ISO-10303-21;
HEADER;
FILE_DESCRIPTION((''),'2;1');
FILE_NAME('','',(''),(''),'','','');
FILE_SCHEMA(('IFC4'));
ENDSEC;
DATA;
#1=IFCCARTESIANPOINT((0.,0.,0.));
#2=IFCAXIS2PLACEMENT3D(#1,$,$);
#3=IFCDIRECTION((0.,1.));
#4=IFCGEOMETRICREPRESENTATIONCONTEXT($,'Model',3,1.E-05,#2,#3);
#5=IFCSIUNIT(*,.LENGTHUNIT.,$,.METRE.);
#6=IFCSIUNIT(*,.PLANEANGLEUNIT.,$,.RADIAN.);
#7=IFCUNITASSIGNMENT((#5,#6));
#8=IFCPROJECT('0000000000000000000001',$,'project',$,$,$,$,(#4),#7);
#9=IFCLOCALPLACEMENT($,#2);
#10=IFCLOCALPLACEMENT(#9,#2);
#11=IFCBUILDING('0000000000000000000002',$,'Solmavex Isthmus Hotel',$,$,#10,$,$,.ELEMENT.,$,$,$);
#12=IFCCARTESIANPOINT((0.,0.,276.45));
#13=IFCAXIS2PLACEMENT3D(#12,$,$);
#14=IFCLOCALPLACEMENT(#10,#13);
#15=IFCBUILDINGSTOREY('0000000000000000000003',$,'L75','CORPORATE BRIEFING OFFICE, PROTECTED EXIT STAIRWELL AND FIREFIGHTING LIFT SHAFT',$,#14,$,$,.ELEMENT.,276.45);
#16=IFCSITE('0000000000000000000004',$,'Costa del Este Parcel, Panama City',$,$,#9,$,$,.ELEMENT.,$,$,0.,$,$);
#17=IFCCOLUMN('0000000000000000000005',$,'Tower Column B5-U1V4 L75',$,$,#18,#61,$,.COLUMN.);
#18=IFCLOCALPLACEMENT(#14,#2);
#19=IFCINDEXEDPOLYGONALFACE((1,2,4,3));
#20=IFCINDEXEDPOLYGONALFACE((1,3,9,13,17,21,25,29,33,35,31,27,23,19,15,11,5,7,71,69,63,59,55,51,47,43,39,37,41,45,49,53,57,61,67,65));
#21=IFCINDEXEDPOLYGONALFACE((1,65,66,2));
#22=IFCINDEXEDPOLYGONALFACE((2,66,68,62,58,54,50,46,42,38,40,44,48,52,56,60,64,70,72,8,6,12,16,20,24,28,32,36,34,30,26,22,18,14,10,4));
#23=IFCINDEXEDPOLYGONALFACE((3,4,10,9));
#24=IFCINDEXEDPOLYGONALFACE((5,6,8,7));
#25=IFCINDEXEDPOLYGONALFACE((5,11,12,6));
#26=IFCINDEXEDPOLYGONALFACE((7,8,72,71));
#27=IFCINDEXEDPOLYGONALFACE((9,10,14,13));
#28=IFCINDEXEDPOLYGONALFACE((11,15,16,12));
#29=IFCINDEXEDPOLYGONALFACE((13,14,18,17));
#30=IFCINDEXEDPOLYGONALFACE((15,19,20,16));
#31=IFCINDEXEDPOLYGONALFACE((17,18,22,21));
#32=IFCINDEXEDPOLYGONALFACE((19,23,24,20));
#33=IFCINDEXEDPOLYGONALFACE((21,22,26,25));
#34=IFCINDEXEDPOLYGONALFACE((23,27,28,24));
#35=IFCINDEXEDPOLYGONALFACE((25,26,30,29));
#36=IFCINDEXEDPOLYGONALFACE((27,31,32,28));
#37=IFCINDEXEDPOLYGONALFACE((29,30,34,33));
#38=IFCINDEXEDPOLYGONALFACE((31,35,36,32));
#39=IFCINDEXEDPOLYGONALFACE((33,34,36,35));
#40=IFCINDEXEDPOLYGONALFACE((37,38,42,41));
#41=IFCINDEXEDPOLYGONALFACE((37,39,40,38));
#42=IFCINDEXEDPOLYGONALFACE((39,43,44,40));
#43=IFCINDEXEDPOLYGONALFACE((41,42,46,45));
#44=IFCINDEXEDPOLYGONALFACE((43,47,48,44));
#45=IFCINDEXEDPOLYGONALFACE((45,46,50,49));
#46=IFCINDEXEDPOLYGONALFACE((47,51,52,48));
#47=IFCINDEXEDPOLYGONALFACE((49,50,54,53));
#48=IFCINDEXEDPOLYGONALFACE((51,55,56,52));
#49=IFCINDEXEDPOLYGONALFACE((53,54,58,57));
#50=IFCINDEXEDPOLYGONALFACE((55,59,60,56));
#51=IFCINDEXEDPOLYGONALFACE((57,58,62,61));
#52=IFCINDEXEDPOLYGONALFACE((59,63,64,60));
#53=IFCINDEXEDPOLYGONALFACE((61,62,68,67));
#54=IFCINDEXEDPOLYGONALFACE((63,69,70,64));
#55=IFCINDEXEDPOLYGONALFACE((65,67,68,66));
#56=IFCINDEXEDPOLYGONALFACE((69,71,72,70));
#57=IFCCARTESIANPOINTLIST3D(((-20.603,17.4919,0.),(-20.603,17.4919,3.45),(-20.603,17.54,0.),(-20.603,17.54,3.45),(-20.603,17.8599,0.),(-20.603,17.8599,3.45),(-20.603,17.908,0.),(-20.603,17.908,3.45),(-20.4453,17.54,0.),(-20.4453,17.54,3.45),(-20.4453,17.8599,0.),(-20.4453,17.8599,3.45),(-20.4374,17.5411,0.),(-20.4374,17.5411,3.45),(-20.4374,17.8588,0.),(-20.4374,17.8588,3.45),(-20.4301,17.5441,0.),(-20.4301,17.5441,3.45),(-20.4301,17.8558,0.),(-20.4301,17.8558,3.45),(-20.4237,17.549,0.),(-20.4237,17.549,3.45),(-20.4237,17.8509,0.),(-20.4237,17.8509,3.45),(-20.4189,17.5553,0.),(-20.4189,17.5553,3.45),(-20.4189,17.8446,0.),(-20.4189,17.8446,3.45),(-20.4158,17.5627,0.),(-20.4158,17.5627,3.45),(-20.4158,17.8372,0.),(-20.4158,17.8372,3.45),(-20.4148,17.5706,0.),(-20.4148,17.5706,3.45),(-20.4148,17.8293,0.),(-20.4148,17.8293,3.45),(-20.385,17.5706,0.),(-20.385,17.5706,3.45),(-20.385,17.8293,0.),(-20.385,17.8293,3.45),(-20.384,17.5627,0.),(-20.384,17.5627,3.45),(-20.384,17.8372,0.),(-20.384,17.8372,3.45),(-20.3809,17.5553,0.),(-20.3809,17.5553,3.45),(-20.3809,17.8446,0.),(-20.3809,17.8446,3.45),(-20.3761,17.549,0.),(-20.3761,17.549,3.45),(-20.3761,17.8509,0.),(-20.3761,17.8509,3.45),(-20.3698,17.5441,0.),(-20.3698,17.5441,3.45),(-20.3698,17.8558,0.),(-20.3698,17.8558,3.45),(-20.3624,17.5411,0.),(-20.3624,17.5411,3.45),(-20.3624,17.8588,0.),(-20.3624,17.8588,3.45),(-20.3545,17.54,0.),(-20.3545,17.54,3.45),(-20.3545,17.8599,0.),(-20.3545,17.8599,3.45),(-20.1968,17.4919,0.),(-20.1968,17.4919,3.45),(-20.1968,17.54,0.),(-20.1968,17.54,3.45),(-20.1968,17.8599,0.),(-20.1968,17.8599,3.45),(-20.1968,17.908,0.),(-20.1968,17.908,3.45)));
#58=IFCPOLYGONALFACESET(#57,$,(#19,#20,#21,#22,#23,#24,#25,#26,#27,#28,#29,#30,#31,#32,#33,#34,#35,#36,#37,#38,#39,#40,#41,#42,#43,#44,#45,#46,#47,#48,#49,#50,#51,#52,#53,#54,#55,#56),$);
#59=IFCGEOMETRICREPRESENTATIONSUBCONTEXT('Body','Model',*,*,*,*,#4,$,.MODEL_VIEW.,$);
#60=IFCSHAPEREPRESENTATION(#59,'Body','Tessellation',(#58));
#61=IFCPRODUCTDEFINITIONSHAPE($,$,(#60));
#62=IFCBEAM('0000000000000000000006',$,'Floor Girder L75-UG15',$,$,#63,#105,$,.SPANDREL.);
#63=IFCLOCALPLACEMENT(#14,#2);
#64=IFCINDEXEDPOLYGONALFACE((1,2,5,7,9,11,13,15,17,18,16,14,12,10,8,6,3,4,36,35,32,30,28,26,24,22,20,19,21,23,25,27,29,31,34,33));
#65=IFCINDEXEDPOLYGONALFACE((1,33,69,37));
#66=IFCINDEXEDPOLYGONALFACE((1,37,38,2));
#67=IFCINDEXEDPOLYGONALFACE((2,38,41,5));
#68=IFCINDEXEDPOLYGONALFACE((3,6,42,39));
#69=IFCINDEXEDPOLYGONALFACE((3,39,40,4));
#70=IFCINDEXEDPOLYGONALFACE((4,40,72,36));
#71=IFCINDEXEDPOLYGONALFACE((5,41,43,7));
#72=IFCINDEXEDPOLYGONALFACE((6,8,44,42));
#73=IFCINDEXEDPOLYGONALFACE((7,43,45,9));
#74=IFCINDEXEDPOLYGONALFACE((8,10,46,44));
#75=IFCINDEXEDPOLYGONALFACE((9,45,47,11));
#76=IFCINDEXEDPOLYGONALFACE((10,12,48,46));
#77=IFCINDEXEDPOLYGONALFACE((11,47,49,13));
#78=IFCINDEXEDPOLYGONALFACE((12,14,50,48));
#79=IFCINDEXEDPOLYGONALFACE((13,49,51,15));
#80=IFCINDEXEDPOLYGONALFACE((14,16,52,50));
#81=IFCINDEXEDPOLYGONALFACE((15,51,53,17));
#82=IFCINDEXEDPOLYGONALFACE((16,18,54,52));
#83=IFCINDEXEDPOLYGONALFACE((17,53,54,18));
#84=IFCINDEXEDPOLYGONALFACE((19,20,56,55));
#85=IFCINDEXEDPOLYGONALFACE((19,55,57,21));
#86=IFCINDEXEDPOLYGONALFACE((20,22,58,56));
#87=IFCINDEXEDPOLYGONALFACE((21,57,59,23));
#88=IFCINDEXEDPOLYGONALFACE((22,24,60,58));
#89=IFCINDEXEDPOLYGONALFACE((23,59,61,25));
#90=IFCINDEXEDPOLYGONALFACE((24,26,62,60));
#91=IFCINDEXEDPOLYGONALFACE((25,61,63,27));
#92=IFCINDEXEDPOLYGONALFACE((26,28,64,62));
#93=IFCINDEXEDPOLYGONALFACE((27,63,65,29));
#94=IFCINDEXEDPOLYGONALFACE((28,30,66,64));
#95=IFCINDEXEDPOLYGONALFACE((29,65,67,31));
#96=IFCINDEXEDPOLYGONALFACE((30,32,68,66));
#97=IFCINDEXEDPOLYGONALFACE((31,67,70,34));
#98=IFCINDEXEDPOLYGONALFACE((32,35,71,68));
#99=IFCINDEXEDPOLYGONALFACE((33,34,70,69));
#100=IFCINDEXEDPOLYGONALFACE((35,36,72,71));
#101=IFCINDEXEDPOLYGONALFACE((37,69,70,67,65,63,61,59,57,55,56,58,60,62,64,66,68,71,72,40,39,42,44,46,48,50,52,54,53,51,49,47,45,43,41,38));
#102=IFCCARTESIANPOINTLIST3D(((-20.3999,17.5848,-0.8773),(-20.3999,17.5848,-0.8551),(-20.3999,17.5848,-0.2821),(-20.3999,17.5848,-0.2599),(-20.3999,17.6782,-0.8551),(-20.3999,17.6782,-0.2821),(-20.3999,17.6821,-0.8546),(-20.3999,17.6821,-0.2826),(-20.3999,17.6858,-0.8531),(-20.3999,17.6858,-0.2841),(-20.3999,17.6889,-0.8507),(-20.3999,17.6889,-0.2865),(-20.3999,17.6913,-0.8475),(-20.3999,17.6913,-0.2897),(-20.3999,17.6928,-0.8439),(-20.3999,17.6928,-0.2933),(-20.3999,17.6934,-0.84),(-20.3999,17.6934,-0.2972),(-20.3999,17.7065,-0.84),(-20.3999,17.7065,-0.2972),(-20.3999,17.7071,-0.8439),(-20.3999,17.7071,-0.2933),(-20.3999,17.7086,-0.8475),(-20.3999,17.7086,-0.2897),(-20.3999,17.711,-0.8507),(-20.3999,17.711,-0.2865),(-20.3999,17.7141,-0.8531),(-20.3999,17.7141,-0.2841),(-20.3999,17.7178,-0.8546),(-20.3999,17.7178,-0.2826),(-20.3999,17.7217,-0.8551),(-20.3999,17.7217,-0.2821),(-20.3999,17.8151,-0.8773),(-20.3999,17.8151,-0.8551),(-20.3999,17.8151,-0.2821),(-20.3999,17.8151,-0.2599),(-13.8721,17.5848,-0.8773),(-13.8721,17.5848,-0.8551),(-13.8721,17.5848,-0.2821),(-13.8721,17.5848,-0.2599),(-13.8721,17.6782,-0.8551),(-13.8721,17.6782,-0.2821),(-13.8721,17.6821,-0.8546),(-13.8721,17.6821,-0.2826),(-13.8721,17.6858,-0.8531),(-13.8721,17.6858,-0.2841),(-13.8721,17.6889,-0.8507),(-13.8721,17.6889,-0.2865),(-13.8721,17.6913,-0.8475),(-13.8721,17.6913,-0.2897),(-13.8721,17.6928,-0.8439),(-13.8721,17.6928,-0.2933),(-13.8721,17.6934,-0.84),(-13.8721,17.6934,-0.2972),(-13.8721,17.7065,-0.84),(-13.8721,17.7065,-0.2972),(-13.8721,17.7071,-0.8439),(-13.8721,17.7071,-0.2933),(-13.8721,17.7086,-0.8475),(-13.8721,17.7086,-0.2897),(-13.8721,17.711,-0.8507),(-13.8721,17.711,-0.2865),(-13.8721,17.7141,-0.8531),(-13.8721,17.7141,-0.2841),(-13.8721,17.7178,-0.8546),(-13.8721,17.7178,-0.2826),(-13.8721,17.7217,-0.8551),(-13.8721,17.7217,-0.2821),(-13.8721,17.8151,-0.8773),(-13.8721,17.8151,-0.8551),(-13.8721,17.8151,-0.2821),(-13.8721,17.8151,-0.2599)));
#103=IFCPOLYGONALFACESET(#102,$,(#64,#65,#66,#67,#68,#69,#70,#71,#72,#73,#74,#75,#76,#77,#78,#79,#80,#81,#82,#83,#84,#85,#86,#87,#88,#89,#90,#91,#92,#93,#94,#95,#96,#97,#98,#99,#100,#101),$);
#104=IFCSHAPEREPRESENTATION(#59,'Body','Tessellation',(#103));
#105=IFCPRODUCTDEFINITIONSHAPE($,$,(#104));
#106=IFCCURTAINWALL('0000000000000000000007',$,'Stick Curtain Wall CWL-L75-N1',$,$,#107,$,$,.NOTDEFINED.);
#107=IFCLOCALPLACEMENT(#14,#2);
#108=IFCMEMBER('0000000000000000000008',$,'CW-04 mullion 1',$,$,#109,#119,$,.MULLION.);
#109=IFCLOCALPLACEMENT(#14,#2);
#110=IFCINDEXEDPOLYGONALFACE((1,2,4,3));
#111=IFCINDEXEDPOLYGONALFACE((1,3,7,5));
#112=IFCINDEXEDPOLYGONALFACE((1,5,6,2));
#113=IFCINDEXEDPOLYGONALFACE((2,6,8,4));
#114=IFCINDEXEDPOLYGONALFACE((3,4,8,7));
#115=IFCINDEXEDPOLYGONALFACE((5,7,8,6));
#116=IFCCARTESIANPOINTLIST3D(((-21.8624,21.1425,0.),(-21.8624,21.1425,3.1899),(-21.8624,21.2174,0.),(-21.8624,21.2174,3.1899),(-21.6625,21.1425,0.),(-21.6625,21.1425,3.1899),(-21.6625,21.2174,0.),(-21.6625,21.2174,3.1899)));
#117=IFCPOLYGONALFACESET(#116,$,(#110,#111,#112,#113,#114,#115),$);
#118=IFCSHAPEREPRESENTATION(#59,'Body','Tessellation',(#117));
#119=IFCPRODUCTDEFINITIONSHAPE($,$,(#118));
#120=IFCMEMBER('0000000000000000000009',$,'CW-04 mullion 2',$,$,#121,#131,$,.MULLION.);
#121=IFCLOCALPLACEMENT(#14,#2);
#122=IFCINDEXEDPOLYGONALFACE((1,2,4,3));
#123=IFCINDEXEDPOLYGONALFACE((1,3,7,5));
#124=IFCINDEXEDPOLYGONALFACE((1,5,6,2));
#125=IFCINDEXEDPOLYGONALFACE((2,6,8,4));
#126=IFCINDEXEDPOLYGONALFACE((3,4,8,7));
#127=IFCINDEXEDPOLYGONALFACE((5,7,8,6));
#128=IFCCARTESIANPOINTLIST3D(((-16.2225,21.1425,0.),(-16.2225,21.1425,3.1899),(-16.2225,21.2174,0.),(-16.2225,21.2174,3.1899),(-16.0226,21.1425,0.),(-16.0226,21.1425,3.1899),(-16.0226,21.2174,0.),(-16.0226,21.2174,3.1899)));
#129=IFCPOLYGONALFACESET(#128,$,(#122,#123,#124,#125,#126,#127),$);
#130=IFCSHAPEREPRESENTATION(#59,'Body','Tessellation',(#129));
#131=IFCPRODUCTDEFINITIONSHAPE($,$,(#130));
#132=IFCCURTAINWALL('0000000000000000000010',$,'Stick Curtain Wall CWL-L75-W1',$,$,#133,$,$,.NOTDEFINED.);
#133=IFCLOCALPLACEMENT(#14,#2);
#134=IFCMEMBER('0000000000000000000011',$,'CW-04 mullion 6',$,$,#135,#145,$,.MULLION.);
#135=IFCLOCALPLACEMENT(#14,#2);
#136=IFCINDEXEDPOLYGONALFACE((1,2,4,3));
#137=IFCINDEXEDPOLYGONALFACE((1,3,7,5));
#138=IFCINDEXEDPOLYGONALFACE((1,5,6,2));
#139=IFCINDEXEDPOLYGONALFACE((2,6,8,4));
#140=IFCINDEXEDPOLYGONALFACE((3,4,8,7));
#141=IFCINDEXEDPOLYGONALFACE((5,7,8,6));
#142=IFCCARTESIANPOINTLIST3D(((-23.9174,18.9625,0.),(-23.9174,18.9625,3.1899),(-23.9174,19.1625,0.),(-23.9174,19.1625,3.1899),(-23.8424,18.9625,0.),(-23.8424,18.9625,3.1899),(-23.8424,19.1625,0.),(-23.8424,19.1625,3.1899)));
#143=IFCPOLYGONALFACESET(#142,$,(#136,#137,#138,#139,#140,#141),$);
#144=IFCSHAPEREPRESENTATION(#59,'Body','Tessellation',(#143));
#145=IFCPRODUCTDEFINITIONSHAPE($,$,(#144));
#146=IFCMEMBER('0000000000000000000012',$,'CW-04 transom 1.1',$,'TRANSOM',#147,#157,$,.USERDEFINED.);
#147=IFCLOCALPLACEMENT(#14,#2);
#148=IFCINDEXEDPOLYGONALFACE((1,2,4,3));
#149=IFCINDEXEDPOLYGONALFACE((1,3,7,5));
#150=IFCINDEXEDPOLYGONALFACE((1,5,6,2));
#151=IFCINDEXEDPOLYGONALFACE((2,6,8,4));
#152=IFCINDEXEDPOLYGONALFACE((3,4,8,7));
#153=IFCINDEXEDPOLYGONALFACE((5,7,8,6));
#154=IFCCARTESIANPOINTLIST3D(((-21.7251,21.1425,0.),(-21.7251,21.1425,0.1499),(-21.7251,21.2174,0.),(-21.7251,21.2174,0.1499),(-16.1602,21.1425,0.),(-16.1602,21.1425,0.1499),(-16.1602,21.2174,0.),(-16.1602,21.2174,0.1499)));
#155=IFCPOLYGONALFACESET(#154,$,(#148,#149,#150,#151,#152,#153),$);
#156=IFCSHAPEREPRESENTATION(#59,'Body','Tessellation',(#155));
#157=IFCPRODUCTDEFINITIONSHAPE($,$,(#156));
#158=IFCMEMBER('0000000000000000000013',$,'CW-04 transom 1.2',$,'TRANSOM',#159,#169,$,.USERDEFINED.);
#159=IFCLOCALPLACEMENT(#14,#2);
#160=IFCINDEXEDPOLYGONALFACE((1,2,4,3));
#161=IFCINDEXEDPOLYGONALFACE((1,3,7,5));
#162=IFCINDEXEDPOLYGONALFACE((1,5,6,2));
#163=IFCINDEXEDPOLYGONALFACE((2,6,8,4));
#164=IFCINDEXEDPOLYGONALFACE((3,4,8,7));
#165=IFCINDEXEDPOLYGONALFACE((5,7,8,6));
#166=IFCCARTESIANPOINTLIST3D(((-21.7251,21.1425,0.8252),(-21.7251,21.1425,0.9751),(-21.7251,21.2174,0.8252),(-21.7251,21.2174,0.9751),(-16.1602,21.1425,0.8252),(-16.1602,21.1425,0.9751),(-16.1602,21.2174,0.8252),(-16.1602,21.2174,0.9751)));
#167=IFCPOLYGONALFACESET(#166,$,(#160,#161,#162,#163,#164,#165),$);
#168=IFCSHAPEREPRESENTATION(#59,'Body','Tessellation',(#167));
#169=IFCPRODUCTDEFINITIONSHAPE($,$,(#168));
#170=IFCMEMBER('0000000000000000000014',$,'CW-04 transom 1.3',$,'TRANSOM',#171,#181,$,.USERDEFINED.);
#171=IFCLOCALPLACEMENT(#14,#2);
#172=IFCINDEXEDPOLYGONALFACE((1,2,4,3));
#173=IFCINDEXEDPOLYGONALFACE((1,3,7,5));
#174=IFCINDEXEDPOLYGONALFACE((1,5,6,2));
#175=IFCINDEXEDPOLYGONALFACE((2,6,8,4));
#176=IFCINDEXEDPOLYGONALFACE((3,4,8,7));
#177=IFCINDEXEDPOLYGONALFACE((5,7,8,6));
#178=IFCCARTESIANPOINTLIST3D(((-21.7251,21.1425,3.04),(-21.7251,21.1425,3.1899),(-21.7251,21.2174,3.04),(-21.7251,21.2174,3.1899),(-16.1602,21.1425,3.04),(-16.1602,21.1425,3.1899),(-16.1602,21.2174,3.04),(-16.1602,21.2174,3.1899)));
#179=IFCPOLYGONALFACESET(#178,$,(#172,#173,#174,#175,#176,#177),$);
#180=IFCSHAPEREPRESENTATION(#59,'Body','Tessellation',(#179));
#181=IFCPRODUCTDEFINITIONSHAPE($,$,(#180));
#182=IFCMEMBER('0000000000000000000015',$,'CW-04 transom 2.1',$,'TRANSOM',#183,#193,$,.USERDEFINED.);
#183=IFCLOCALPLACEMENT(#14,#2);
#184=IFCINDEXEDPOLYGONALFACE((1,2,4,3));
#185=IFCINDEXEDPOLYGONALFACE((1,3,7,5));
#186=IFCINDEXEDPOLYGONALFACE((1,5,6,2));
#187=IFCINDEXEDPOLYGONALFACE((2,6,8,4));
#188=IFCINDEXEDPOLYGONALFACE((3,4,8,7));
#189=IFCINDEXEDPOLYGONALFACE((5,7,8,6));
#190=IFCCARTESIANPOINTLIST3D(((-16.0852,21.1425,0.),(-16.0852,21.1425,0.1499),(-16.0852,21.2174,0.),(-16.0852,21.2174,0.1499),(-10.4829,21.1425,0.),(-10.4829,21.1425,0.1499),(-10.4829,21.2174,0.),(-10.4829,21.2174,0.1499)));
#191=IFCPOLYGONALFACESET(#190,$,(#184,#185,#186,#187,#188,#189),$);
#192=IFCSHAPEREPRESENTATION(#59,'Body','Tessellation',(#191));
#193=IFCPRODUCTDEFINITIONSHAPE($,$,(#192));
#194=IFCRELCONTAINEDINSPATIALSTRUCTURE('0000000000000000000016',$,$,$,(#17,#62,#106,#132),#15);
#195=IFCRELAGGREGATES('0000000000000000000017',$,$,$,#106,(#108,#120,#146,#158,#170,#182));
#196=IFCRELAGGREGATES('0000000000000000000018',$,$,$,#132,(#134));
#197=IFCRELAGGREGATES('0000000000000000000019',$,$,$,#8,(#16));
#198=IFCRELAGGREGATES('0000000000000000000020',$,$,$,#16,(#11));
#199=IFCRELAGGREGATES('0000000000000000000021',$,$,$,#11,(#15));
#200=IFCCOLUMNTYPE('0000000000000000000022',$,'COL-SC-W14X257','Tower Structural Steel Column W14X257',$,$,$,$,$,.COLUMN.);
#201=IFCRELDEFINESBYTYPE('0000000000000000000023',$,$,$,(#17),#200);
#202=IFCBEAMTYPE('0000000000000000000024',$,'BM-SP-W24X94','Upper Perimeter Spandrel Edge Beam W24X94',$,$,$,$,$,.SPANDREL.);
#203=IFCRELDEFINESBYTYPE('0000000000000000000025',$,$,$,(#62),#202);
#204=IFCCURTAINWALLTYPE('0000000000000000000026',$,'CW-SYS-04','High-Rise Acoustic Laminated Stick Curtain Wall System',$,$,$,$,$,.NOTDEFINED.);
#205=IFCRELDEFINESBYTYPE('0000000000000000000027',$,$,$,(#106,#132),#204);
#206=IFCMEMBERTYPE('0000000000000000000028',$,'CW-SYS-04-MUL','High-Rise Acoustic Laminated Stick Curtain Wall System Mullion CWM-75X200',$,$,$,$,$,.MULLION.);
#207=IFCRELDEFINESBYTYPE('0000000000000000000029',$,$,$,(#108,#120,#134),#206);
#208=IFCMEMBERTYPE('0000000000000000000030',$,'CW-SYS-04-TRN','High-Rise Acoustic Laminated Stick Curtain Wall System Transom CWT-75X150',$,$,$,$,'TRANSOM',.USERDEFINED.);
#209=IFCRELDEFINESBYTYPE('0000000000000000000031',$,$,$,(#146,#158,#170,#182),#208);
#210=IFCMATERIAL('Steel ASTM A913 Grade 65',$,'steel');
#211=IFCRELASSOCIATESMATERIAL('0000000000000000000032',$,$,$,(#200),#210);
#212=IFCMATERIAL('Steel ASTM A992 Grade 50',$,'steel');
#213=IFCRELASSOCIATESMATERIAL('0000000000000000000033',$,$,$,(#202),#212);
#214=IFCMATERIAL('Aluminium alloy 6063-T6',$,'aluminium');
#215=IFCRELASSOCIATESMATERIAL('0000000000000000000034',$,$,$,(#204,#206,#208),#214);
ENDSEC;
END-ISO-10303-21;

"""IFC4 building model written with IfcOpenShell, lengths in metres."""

from ifc_helpers import new_model, si_unit, direction, frame, origin, origin_2d, place, context, subcontext, project, spatial, rectangle, i_section, extrude, material, material_profile, profile_set, type_object, element, aggregate, save


model = new_model("IFC4")

# Units and contexts
model_context = context("Model", 3, precision=1e-05, world=origin(), true_north=direction((0.0, 1.0)))
body_context = subcontext(model_context, "Body", "Model", "MODEL_VIEW")
ifc_project = project(units=[si_unit("LENGTHUNIT", "METRE"), si_unit("PLANEANGLEUNIT", "RADIAN")], contexts=[model_context])

# Site, building, storey
site_placement = place(None, origin())
site = spatial("IfcSite", under=ifc_project, at=site_placement, Name="Costa del Este Parcel, Panama City", CompositionType="ELEMENT", RefElevation=0.0)
building_placement = place(site_placement, origin())
building = spatial("IfcBuilding", under=site, at=building_placement, Name="Solmavex Isthmus Hotel", CompositionType="ELEMENT")
storey_placement = place(building_placement, frame((0.0, 0.0, 276.45)))
storey = spatial("IfcBuildingStorey", under=building, at=storey_placement, Name="L75", Description="CORPORATE BRIEFING OFFICE, PROTECTED EXIT STAIRWELL AND FIREFIGHTING LIFT SHAFT", CompositionType="ELEMENT", Elevation=276.45)

# Column
ifc_material_1 = material(Name="Steel ASTM A913 Grade 65", Category="steel")
ifc_material_profile_1 = material_profile(ifc_material_1, i_section(OverallWidth=0.4062, OverallDepth=0.416, WebThickness=0.0298, FlangeThickness=0.0481, FilletRadius=0.0305, at=origin_2d()), Name="W14X257")
ifc_profile_set_1 = profile_set([ifc_material_profile_1], Name="Steel ASTM A913 Grade 65")
column_type = type_object("IfcColumnType", Name="COL-SC-W14X257", Description="Tower Structural Steel Column W14X257", PredefinedType="COLUMN", material=ifc_profile_set_1)
column_placement = place(storey_placement, frame((-20.3999, 17.7, 0.0), z_axis=(0.0, 0.0, 1.0), x_axis=(1.0, 0.0, 0.0)))
element("IfcColumn", 1, at=column_placement, inside=storey, type_object=column_type, Name="Tower Column B5-U1V4 L75", PredefinedType="COLUMN", context=body_context, shape_type="SweptSolid", body=[
    extrude(i_section(OverallWidth=0.4062, OverallDepth=0.416, WebThickness=0.0298, FlangeThickness=0.0481, FilletRadius=0.0305, at=origin_2d()), origin(), (0.0, 0.0, 1.0), 3.45),
])

# Beam
ifc_material_2 = material(Name="Steel ASTM A992 Grade 50", Category="steel")
ifc_material_profile_2 = material_profile(ifc_material_2, i_section(OverallWidth=0.2302, OverallDepth=0.6174, WebThickness=0.0132, FlangeThickness=0.0222, FilletRadius=0.0151, at=origin_2d()), Name="W24X94")
ifc_profile_set_2 = profile_set([ifc_material_profile_2], Name="Steel ASTM A992 Grade 50")
beam_type = type_object("IfcBeamType", Name="BM-SP-W24X94", Description="Upper Perimeter Spandrel Edge Beam W24X94", PredefinedType="SPANDREL", material=ifc_profile_set_2)
beam_placement = place(storey_placement, frame((-20.3999, 17.7, -0.5686), z_axis=(1.0, 0.0, 0.0), x_axis=(0.0, 1.0, 0.0)))
element("IfcBeam", 2, at=beam_placement, inside=storey, type_object=beam_type, Name="Floor Girder L75-UG15", PredefinedType="SPANDREL", context=body_context, shape_type="SweptSolid", body=[
    extrude(i_section(OverallWidth=0.2302, OverallDepth=0.6174, WebThickness=0.0132, FlangeThickness=0.0222, FilletRadius=0.0151, at=origin_2d()), origin(), (0.0, 0.0, 1.0), 6.5278),
])

# Curtain wall, members
ifc_material_3 = material(Name="Aluminium alloy 6063-T6", Category="aluminium")
curtain_wall_type = type_object("IfcCurtainWallType", Name="CW-SYS-04", Description="High-Rise Acoustic Laminated Stick Curtain Wall System", PredefinedType="NOTDEFINED", material=ifc_material_3)
curtain_wall_1_placement = place(storey_placement, origin())
curtain_wall_1 = element("IfcCurtainWall", 3, at=curtain_wall_1_placement, inside=storey, type_object=curtain_wall_type, Name="Stick Curtain Wall CWL-L75-N1", PredefinedType="NOTDEFINED")
ifc_material_profile_3 = material_profile(ifc_material_3, rectangle(XDim=0.075, YDim=0.2, at=origin_2d()), Name="CWM-75X200")
ifc_profile_set_3 = profile_set([ifc_material_profile_3], Name="Aluminium alloy 6063-T6")
member_type_1 = type_object("IfcMemberType", Name="CW-SYS-04-MUL", Description="High-Rise Acoustic Laminated Stick Curtain Wall System Mullion CWM-75X200", PredefinedType="MULLION", material=ifc_profile_set_3)
member_1_placement = place(storey_placement, frame((-21.7625, 21.1799, 0.0), z_axis=(0.0, 0.0, 1.0), x_axis=(0.0, 1.0, 0.0)))
member_1 = element("IfcMember", 4, at=member_1_placement, type_object=member_type_1, Name="CW-04 mullion 1", PredefinedType="MULLION", context=body_context, shape_type="SweptSolid", body=[
    extrude(rectangle(XDim=0.075, YDim=0.2, at=origin_2d()), origin(), (0.0, 0.0, 1.0), 3.1899),
])
member_2_placement = place(storey_placement, frame((-16.1226, 21.1799, 0.0), z_axis=(0.0, 0.0, 1.0), x_axis=(0.0, 1.0, 0.0)))
member_2 = element("IfcMember", 5, at=member_2_placement, type_object=member_type_1, Name="CW-04 mullion 2", PredefinedType="MULLION", context=body_context, shape_type="SweptSolid", body=[
    extrude(rectangle(XDim=0.075, YDim=0.2, at=origin_2d()), origin(), (0.0, 0.0, 1.0), 3.1899),
])

# Curtain wall, member
curtain_wall_2_placement = place(storey_placement, origin())
curtain_wall_2 = element("IfcCurtainWall", 6, at=curtain_wall_2_placement, inside=storey, type_object=curtain_wall_type, Name="Stick Curtain Wall CWL-L75-W1", PredefinedType="NOTDEFINED")
member_3_placement = place(storey_placement, frame((-23.8799, 19.0625, 0.0), z_axis=(0.0, 0.0, 1.0), x_axis=(-1.0, 0.0, 0.0)))
member_3 = element("IfcMember", 7, at=member_3_placement, type_object=member_type_1, Name="CW-04 mullion 6", PredefinedType="MULLION", context=body_context, shape_type="SweptSolid", body=[
    extrude(rectangle(XDim=0.075, YDim=0.2, at=origin_2d()), origin(), (0.0, 0.0, 1.0), 3.1899),
])

# Members
ifc_material_profile_4 = material_profile(ifc_material_3, rectangle(XDim=0.075, YDim=0.1499, at=origin_2d()), Name="CWT-75X150")
ifc_profile_set_4 = profile_set([ifc_material_profile_4], Name="Aluminium alloy 6063-T6")
member_type_2 = type_object("IfcMemberType", Name="CW-SYS-04-TRN", Description="High-Rise Acoustic Laminated Stick Curtain Wall System Transom CWT-75X150", ElementType="TRANSOM", PredefinedType="USERDEFINED", material=ifc_profile_set_4)
member_4_placement = place(storey_placement, frame((-21.7251, 21.1799, 0.075), z_axis=(1.0, 0.0, 0.0), x_axis=(0.0, 1.0, 0.0)))
member_4 = element("IfcMember", 8, at=member_4_placement, type_object=member_type_2, Name="CW-04 transom 1.1", ObjectType="TRANSOM", PredefinedType="USERDEFINED", context=body_context, shape_type="SweptSolid", body=[
    extrude(rectangle(XDim=0.075, YDim=0.1499, at=origin_2d()), origin(), (0.0, 0.0, 1.0), 5.5649),
])
member_5_placement = place(storey_placement, frame((-21.7251, 21.1799, 0.9001), z_axis=(1.0, 0.0, 0.0), x_axis=(0.0, 1.0, 0.0)))
member_5 = element("IfcMember", 9, at=member_5_placement, type_object=member_type_2, Name="CW-04 transom 1.2", ObjectType="TRANSOM", PredefinedType="USERDEFINED", context=body_context, shape_type="SweptSolid", body=[
    extrude(rectangle(XDim=0.075, YDim=0.1499, at=origin_2d()), origin(), (0.0, 0.0, 1.0), 5.5649),
])
member_6_placement = place(storey_placement, frame((-21.7251, 21.1799, 3.115), z_axis=(1.0, 0.0, 0.0), x_axis=(0.0, 1.0, 0.0)))
member_6 = element("IfcMember", 10, at=member_6_placement, type_object=member_type_2, Name="CW-04 transom 1.3", ObjectType="TRANSOM", PredefinedType="USERDEFINED", context=body_context, shape_type="SweptSolid", body=[
    extrude(rectangle(XDim=0.075, YDim=0.1499, at=origin_2d()), origin(), (0.0, 0.0, 1.0), 5.5649),
])
member_7_placement = place(storey_placement, frame((-16.0852, 21.1799, 0.075), z_axis=(1.0, 0.0, 0.0), x_axis=(0.0, 1.0, 0.0)))
member_7 = element("IfcMember", 11, at=member_7_placement, type_object=member_type_2, Name="CW-04 transom 2.1", ObjectType="TRANSOM", PredefinedType="USERDEFINED", context=body_context, shape_type="SweptSolid", body=[
    extrude(rectangle(XDim=0.075, YDim=0.1499, at=origin_2d()), origin(), (0.0, 0.0, 1.0), 5.6023),
])

aggregate(curtain_wall_1, [member_1, member_2, member_4, member_5, member_6, member_7])
aggregate(curtain_wall_2, [member_3])

save(model, "model.ifc")
